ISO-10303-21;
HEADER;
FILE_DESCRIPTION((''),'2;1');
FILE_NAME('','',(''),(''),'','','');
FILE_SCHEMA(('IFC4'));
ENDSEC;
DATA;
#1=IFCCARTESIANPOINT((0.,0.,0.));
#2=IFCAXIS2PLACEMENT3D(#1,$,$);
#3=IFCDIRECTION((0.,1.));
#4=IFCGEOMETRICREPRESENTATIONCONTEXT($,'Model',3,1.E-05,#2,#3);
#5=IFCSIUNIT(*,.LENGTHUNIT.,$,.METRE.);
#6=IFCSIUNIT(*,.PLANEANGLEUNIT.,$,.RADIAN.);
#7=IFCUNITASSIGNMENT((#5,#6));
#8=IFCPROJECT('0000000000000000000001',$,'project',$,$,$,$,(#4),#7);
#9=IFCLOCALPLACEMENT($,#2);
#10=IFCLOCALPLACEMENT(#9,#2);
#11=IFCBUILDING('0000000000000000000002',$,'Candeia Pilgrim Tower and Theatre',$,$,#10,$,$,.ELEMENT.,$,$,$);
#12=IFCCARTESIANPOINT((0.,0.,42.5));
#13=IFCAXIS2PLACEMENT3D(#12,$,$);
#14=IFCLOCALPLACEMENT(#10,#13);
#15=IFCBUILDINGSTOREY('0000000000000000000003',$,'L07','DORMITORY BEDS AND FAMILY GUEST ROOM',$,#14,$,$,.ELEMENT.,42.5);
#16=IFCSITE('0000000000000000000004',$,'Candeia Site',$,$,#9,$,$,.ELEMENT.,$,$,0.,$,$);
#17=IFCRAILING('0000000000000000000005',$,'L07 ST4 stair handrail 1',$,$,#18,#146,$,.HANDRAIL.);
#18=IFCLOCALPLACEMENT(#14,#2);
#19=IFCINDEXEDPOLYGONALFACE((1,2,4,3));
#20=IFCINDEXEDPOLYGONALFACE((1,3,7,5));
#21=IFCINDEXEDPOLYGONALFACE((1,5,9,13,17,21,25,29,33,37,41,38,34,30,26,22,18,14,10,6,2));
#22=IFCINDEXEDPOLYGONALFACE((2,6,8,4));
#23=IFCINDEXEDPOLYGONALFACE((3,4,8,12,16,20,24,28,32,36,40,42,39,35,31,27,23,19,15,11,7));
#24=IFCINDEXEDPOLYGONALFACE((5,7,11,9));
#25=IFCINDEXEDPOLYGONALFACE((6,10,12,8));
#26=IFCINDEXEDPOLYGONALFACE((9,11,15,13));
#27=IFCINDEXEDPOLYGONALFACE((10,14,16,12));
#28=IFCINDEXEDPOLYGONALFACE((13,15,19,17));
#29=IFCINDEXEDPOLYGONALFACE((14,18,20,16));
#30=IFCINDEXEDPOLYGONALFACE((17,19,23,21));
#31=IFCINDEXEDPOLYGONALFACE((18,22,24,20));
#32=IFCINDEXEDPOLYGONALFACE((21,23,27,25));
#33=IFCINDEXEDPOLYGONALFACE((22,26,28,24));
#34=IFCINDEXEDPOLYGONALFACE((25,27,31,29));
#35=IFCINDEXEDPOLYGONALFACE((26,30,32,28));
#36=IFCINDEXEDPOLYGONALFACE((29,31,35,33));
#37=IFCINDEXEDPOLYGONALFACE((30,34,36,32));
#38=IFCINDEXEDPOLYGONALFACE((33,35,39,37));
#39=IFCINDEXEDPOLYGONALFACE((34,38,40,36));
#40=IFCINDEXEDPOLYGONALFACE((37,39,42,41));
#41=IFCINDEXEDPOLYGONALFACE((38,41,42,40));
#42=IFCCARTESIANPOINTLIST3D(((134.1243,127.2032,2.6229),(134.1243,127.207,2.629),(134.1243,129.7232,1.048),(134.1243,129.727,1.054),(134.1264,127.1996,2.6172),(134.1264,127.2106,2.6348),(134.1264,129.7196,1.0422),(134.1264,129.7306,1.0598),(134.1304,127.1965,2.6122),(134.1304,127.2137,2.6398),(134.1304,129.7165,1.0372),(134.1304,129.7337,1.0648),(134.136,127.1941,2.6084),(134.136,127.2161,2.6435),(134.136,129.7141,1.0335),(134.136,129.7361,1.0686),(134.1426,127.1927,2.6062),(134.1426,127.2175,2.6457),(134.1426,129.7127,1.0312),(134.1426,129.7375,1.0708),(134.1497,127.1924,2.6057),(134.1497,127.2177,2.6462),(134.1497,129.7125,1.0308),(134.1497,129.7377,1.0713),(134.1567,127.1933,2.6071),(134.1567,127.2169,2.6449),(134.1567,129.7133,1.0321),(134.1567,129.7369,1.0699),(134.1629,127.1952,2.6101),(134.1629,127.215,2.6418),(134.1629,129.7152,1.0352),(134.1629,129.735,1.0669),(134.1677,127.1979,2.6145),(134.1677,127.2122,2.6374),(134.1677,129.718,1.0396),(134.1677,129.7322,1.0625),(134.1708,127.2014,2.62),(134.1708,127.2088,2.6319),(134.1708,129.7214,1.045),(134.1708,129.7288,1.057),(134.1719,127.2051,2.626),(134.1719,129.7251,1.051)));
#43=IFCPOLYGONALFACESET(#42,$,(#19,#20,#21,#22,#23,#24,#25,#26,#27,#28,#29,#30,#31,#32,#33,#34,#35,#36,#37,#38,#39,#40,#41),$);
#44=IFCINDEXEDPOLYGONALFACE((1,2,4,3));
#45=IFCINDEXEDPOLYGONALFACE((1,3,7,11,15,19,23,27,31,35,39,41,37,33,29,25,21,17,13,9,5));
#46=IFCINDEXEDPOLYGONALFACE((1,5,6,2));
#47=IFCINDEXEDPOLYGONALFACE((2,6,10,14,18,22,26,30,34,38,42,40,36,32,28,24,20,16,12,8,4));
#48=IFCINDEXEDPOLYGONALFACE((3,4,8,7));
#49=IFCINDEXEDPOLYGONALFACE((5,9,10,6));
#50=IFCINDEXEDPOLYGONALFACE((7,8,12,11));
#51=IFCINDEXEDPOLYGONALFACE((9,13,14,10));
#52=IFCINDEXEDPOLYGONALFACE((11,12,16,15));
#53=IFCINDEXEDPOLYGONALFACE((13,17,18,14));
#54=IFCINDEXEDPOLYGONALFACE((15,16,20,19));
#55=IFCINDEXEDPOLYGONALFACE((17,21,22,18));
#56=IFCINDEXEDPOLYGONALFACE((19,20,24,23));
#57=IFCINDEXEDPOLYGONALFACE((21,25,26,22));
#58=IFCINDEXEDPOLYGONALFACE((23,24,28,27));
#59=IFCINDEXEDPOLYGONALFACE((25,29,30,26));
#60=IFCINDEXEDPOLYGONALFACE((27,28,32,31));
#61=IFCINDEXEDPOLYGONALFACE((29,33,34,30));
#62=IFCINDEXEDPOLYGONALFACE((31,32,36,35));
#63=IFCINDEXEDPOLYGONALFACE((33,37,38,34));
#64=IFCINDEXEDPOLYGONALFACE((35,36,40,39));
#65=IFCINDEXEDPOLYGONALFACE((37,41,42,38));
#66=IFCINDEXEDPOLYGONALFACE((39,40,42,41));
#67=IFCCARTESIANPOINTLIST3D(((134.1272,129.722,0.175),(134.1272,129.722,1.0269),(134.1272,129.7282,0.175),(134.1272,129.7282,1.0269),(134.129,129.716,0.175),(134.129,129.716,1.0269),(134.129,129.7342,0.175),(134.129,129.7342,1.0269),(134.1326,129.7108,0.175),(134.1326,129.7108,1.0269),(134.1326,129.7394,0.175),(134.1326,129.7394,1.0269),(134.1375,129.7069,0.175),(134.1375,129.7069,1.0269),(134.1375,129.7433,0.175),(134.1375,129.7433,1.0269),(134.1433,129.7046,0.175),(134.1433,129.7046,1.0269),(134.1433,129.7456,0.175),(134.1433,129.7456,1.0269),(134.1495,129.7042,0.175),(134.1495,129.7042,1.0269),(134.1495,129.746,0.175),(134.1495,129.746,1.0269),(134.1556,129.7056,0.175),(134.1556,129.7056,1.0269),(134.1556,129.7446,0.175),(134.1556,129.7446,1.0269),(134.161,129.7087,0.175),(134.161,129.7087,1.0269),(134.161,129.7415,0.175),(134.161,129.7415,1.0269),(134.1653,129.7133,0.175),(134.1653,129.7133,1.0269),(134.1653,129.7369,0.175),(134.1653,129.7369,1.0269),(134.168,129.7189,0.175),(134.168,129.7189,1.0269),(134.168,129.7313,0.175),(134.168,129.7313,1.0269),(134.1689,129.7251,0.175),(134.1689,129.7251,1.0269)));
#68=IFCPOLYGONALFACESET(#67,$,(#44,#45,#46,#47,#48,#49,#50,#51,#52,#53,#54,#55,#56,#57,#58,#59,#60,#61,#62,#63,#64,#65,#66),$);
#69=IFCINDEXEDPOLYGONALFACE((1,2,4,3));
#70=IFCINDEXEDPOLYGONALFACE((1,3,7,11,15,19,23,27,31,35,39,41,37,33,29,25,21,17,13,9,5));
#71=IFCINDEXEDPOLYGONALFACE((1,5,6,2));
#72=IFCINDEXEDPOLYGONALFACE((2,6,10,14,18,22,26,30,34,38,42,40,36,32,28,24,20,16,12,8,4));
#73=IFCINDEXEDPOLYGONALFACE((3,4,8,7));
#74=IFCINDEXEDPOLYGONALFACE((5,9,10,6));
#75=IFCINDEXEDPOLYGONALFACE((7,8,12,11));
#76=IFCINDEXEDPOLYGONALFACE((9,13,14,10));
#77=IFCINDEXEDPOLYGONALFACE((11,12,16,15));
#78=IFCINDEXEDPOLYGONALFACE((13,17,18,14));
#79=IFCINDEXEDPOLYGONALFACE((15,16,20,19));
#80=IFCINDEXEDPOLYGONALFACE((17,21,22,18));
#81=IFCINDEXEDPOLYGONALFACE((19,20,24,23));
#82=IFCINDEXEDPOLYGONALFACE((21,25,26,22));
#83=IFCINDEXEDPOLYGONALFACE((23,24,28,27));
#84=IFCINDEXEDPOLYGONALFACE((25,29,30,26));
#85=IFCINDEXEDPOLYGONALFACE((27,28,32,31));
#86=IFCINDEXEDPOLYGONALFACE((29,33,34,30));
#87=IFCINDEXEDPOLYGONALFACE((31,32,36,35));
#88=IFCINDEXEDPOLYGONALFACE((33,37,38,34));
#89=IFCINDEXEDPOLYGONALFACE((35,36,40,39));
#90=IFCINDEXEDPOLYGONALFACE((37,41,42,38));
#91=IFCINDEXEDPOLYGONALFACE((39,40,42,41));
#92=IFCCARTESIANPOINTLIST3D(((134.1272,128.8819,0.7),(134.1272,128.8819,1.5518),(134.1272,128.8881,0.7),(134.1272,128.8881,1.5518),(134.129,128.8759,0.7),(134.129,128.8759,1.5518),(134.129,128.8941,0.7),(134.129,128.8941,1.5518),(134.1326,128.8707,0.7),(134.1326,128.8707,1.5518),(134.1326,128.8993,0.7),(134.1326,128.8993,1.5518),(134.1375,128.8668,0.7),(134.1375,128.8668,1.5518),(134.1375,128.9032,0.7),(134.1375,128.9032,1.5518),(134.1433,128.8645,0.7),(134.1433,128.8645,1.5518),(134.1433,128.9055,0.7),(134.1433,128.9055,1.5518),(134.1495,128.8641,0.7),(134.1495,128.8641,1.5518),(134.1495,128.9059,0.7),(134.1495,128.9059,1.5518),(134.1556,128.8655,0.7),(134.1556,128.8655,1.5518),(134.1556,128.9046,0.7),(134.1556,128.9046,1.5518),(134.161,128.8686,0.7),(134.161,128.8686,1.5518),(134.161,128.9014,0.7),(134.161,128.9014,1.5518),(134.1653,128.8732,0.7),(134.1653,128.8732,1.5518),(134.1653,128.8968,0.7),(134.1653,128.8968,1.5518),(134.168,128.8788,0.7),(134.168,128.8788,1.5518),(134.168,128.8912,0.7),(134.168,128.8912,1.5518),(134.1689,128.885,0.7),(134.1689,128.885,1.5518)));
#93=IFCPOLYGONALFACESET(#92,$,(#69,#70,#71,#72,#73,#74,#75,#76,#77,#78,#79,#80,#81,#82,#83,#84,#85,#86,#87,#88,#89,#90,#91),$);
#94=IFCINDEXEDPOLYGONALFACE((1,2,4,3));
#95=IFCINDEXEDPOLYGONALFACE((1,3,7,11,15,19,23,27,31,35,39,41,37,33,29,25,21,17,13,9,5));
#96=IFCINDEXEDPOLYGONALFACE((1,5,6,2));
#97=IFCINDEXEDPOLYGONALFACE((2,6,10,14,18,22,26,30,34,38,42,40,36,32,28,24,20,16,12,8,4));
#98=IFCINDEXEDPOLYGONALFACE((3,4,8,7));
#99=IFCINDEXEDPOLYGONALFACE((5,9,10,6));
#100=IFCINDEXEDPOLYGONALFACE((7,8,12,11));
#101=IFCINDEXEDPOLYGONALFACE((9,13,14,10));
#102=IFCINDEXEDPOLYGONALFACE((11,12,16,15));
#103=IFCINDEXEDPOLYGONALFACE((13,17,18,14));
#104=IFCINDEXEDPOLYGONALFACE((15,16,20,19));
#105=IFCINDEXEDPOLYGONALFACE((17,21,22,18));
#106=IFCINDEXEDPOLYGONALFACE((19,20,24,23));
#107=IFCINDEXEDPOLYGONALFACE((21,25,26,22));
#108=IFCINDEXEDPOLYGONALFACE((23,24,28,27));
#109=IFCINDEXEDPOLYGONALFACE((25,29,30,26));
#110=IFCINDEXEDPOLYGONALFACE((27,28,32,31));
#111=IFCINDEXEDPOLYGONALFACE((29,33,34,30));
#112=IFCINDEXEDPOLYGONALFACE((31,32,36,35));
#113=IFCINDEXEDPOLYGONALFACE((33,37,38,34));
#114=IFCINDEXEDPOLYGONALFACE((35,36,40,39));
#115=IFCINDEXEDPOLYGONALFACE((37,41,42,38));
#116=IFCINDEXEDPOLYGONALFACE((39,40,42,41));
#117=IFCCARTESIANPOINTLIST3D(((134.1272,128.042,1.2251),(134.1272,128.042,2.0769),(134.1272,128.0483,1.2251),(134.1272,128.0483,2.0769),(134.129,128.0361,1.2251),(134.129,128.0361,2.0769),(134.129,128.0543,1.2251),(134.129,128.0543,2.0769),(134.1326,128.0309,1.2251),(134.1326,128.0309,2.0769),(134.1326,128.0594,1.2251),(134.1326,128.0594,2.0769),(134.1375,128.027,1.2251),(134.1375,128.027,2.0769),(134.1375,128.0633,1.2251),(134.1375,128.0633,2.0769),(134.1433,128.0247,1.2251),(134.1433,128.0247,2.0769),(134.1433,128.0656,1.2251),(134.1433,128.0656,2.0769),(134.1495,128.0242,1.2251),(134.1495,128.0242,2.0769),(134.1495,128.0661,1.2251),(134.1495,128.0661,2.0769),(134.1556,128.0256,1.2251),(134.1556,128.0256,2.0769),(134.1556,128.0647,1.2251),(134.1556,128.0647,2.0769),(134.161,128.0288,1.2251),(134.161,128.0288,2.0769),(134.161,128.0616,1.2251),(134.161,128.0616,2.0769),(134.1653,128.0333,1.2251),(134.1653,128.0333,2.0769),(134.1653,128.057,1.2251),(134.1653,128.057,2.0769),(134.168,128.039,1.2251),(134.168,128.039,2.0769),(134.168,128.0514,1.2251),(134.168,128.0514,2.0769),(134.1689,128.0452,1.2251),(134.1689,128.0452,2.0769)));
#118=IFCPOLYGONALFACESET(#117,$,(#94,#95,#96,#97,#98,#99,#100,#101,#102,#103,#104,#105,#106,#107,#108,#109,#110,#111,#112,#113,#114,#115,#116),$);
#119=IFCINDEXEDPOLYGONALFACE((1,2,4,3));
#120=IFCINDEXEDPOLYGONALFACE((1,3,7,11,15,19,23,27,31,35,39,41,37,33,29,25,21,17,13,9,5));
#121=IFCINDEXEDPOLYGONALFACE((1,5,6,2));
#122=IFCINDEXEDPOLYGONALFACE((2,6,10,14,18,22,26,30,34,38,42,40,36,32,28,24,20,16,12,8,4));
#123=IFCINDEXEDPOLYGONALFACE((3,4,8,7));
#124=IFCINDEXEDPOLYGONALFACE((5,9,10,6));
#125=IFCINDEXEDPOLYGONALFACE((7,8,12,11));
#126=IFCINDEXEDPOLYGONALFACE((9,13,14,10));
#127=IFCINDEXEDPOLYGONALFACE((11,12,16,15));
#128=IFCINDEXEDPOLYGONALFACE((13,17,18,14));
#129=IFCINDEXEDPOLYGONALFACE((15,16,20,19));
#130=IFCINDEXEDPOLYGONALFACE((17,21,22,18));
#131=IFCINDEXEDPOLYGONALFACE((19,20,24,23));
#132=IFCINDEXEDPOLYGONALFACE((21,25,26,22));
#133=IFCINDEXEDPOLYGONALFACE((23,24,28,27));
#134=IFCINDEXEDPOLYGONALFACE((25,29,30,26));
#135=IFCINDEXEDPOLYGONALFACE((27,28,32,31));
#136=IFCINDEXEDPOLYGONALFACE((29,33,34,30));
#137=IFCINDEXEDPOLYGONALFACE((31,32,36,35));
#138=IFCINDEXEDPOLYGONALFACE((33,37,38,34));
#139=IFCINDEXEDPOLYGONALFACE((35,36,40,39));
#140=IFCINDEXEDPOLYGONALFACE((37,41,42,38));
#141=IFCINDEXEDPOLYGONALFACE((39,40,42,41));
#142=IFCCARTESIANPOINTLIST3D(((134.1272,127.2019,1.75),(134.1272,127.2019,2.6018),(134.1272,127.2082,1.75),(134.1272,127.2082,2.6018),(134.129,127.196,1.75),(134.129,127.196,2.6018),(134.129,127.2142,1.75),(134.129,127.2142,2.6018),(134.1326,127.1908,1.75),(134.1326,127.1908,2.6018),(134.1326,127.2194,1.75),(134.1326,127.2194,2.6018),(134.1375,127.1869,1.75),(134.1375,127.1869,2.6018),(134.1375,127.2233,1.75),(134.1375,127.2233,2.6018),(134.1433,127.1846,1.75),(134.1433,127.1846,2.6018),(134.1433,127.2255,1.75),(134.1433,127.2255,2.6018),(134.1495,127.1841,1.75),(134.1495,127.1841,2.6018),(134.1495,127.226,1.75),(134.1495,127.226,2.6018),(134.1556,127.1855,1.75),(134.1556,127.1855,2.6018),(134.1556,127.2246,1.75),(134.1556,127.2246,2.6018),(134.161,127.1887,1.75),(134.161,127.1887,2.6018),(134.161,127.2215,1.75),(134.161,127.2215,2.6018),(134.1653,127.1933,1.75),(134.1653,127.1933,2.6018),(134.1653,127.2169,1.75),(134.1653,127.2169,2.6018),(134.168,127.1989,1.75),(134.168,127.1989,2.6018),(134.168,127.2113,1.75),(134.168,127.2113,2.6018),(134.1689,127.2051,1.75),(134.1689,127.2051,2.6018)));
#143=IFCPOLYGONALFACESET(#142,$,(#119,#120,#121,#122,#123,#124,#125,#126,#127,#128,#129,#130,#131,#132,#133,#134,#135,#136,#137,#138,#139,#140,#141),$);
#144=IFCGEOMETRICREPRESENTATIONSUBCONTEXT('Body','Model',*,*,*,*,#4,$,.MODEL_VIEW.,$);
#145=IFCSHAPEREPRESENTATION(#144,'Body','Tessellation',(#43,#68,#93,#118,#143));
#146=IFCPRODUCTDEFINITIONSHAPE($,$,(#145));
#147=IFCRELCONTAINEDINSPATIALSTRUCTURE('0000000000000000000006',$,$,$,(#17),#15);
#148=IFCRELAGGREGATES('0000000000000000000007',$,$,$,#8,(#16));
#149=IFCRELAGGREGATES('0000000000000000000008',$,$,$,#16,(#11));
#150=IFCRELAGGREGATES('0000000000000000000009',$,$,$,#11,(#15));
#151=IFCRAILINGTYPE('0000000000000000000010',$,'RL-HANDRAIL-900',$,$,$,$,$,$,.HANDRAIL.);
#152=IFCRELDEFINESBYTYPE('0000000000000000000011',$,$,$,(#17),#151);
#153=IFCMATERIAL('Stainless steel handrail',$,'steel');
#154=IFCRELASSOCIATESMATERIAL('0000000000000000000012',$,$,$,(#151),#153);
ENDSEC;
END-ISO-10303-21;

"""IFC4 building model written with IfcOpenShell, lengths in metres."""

from ifc_helpers import new_model, si_unit, direction, frame, origin, origin_2d, place, context, subcontext, project, spatial, circle, extrude, material, type_object, element, save


model = new_model("IFC4")

# Units and contexts
model_context = context("Model", 3, precision=1e-05, world=origin(), true_north=direction((0.0, 1.0)))
body_context = subcontext(model_context, "Body", "Model", "MODEL_VIEW")
ifc_project = project(units=[si_unit("LENGTHUNIT", "METRE"), si_unit("PLANEANGLEUNIT", "RADIAN")], contexts=[model_context])

# Site, building, storey
site_placement = place(None, origin())
site = spatial("IfcSite", under=ifc_project, at=site_placement, Name="Candeia Site", CompositionType="ELEMENT", RefElevation=0.0)
building_placement = place(site_placement, origin())
building = spatial("IfcBuilding", under=site, at=building_placement, Name="Candeia Pilgrim Tower and Theatre", CompositionType="ELEMENT")
storey_placement = place(building_placement, frame((0.0, 0.0, 42.5)))
storey = spatial("IfcBuildingStorey", under=building, at=storey_placement, Name="L07", Description="DORMITORY BEDS AND FAMILY GUEST ROOM", CompositionType="ELEMENT", Elevation=42.5)

# Railing
ifc_material_1 = material(Name="Stainless steel handrail", Category="steel")
railing_type_1 = type_object("IfcRailingType", Name="RL-HANDRAIL-900", PredefinedType="HANDRAIL", material=ifc_material_1)
railing_1_placement = place(storey_placement, frame((134.1479, 129.7251, 0.175)))
element("IfcRailing", 1, at=railing_1_placement, inside=storey, type_object=railing_type_1, Name="L07 ST4 stair handrail 1", PredefinedType="HANDRAIL", context=body_context, shape_type="SweptSolid", body=[
    extrude(circle(Radius=0.0239, at=origin_2d()), frame((0.0, 0.0, 0.876), z_axis=(0.0, -0.848008, 0.529984), x_axis=(1.0, 0.0, 0.0)), (0.0, 0.0, 1.0), 2.9717),
    extrude(circle(Radius=0.021, at=origin_2d()), origin(), (0.0, 0.0, 1.0), 0.8518),
    extrude(circle(Radius=0.021, at=origin_2d()), frame((0.0, -0.8401, 0.5249)), (0.0, 0.0, 1.0), 0.8518),
    extrude(circle(Radius=0.021, at=origin_2d()), frame((0.0, -1.6799, 1.05)), (0.0, 0.0, 1.0), 0.8518),
    extrude(circle(Radius=0.021, at=origin_2d()), frame((0.0, -2.52, 1.575)), (0.0, 0.0, 1.0), 0.8518),
])

save(model, "model.ifc")
